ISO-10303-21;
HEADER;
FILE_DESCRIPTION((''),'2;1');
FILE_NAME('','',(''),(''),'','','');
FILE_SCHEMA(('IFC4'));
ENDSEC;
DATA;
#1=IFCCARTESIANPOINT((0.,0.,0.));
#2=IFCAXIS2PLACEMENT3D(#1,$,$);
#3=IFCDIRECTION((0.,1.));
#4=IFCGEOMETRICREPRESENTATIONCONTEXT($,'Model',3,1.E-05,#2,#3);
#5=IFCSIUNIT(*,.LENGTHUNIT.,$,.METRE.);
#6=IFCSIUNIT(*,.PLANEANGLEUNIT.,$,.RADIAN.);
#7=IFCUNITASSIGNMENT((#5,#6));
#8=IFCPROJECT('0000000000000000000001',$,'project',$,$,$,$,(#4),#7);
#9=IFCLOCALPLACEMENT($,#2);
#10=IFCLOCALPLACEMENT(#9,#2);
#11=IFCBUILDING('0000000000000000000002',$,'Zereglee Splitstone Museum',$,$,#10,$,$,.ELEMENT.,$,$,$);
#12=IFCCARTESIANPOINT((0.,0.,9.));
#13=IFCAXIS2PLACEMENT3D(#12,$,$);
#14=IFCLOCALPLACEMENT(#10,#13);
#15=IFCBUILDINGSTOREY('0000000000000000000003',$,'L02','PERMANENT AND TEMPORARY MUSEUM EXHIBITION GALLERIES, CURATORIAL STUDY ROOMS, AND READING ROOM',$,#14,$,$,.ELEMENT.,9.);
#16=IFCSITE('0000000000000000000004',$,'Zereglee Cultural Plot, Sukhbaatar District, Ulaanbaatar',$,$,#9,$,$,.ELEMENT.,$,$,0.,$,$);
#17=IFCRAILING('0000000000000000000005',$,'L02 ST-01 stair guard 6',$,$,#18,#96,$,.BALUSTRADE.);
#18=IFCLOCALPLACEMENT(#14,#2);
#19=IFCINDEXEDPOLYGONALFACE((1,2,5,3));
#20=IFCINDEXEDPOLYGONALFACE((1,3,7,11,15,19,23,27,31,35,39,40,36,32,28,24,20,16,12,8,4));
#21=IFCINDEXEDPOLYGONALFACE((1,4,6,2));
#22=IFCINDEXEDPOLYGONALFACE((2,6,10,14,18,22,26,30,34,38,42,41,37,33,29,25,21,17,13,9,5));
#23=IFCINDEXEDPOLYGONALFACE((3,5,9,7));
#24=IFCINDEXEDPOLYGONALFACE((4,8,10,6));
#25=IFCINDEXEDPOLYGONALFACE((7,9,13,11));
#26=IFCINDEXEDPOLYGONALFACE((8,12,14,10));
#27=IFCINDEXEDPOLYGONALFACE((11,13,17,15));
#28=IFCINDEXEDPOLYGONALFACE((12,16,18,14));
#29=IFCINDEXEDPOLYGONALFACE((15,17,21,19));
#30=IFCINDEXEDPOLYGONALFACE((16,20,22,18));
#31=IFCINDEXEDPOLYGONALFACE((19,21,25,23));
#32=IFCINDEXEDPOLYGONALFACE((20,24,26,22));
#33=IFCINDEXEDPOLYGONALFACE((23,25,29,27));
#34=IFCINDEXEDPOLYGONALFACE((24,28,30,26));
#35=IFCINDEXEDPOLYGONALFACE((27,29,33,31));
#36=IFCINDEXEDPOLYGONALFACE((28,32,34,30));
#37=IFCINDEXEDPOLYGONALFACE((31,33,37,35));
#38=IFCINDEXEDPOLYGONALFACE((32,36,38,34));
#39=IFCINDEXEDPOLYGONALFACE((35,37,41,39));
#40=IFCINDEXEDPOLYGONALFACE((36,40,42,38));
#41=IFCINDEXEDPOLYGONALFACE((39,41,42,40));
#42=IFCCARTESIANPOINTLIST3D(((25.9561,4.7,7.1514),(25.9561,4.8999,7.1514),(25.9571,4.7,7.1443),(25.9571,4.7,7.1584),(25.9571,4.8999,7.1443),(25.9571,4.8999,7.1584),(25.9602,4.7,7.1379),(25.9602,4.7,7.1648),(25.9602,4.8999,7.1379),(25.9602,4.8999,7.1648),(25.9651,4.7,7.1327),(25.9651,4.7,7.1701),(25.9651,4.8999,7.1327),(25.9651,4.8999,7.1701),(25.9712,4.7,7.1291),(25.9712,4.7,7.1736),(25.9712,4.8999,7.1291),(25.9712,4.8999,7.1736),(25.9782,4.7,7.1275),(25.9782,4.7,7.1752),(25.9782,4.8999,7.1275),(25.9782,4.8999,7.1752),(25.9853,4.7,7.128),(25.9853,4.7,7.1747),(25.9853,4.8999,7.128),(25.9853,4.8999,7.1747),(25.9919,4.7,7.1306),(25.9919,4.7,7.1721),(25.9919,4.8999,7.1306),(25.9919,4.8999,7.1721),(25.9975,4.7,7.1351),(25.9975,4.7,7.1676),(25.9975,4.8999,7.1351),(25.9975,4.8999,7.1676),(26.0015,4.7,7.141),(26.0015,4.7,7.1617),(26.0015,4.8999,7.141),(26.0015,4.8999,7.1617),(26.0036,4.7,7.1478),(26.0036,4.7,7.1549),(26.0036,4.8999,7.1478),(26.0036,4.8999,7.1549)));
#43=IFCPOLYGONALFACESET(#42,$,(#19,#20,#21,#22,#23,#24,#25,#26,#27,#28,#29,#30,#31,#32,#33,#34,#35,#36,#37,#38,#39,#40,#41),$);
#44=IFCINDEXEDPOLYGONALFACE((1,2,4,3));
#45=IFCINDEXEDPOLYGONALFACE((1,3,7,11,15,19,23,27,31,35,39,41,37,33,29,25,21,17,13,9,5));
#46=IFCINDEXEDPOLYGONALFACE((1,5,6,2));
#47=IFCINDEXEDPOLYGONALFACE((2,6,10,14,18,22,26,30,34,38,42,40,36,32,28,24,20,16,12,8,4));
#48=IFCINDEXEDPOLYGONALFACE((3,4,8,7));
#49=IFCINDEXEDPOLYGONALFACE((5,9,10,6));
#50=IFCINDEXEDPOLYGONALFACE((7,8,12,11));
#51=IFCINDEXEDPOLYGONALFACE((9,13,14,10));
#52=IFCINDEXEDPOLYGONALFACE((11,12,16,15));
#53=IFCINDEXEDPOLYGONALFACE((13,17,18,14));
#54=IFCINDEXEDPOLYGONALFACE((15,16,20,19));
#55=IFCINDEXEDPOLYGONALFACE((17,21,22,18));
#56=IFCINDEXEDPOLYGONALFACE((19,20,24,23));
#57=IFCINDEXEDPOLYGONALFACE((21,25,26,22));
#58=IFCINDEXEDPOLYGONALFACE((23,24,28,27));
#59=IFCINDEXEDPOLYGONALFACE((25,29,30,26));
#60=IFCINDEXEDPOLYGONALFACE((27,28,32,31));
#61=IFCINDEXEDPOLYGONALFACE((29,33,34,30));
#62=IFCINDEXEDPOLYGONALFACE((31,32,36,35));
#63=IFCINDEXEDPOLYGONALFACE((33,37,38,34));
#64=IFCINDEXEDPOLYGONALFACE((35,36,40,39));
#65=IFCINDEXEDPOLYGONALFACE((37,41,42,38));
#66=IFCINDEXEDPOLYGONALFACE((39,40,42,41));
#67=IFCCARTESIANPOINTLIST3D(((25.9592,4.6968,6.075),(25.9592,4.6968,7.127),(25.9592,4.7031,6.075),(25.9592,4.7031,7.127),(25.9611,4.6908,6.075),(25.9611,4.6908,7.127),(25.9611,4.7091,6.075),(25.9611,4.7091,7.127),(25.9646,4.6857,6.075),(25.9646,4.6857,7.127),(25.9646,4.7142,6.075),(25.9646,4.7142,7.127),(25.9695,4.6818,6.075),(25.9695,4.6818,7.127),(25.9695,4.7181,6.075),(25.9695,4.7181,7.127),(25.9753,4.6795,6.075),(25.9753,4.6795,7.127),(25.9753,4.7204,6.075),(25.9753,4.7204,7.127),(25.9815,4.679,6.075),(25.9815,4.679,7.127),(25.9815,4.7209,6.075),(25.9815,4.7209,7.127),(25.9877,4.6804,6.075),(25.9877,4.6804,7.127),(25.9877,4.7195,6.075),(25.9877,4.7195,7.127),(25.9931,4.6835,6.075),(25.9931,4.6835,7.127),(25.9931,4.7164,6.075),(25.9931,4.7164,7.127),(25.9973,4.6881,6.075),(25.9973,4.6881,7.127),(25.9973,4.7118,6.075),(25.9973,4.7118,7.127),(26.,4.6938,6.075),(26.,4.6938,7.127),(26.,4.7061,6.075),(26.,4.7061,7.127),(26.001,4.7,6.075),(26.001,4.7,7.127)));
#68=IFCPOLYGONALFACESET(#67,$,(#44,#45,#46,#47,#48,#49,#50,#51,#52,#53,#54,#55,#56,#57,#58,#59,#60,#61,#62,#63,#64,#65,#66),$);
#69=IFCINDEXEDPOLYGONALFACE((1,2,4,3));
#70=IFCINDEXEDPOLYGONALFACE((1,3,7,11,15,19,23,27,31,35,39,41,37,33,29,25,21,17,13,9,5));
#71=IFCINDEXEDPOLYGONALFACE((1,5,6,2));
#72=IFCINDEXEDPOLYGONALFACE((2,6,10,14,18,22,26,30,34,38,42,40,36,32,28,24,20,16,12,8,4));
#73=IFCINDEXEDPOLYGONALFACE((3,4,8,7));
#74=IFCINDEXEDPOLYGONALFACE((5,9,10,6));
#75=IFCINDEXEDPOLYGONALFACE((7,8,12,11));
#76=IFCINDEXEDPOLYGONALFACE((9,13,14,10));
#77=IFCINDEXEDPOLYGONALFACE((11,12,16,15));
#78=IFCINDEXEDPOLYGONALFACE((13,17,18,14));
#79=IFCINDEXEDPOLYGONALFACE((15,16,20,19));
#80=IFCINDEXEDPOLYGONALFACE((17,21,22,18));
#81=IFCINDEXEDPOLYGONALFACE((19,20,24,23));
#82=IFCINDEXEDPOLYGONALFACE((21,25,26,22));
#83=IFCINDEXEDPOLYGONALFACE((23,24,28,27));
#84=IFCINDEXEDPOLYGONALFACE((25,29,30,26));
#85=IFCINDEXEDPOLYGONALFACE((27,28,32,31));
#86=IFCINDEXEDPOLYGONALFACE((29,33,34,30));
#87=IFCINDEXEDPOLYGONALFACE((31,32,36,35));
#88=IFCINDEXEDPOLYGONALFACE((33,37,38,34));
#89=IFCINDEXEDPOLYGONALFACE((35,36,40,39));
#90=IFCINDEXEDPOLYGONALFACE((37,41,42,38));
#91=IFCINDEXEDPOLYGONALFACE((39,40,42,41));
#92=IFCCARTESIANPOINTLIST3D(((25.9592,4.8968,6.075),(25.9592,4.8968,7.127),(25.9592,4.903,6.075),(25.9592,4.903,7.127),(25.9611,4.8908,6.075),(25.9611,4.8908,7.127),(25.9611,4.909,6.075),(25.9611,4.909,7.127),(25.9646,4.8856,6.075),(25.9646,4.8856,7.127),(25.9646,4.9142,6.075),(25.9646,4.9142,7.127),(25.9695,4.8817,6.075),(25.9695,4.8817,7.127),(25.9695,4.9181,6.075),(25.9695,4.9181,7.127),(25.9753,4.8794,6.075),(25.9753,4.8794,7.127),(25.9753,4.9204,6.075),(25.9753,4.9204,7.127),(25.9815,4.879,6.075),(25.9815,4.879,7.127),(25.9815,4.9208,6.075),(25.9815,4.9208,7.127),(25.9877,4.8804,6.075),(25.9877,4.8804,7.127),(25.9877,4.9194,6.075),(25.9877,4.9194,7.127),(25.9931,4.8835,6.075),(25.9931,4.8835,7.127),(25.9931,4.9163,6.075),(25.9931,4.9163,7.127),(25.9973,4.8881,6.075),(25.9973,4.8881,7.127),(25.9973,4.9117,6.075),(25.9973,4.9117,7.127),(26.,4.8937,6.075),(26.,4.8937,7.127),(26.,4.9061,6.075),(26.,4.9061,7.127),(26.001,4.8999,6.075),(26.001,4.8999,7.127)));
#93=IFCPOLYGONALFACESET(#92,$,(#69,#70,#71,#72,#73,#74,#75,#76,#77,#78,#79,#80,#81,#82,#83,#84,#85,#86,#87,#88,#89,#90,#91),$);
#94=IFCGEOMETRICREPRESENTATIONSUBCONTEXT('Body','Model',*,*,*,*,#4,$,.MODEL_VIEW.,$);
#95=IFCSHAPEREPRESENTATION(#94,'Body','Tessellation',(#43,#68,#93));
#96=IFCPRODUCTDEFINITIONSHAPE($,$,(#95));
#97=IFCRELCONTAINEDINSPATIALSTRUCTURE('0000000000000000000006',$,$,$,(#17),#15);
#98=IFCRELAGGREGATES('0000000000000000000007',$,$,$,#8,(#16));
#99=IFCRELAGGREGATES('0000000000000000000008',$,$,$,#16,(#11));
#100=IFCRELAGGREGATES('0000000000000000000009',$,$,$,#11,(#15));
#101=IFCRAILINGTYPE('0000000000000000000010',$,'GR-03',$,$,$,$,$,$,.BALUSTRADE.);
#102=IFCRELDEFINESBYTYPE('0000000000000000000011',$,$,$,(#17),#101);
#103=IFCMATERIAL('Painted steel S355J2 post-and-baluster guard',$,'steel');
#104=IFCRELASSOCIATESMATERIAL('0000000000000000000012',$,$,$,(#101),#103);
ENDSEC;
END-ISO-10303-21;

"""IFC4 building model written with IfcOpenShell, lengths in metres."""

from ifc_helpers import new_model, si_unit, direction, frame, origin, origin_2d, place, context, subcontext, project, spatial, circle, extrude, material, type_object, element, save


model = new_model("IFC4")

# Units and contexts
model_context = context("Model", 3, precision=1e-05, world=origin(), true_north=direction((0.0, 1.0)))
body_context = subcontext(model_context, "Body", "Model", "MODEL_VIEW")
ifc_project = project(units=[si_unit("LENGTHUNIT", "METRE"), si_unit("PLANEANGLEUNIT", "RADIAN")], contexts=[model_context])

# Site, building, storey
site_placement = place(None, origin())
site = spatial("IfcSite", under=ifc_project, at=site_placement, Name="Zereglee Cultural Plot, Sukhbaatar District, Ulaanbaatar", CompositionType="ELEMENT", RefElevation=0.0)
building_placement = place(site_placement, origin())
building = spatial("IfcBuilding", under=site, at=building_placement, Name="Zereglee Splitstone Museum", CompositionType="ELEMENT")
storey_placement = place(building_placement, frame((0.0, 0.0, 9.0)))
storey = spatial("IfcBuildingStorey", under=building, at=storey_placement, Name="L02", Description="PERMANENT AND TEMPORARY MUSEUM EXHIBITION GALLERIES, CURATORIAL STUDY ROOMS, AND READING ROOM", CompositionType="ELEMENT", Elevation=9.0)

# Railing
ifc_material_1 = material(Name="Painted steel S355J2 post-and-baluster guard", Category="steel")
railing_type_1 = type_object("IfcRailingType", Name="GR-03", PredefinedType="BALUSTRADE", material=ifc_material_1)
railing_1_placement = place(storey_placement, frame((25.98, 4.7, 6.075)))
element("IfcRailing", 1, at=railing_1_placement, inside=storey, type_object=railing_type_1, Name="L02 ST-01 stair guard 6", PredefinedType="BALUSTRADE", context=body_context, shape_type="SweptSolid", body=[
    extrude(circle(Radius=0.0239, at=origin_2d()), frame((0.0, 0.0, 1.0764), z_axis=(0.0, 1.0, 0.0), x_axis=(-1.0, 0.0, 0.0)), (0.0, 0.0, 1.0), 0.2),
    extrude(circle(Radius=0.021, at=origin_2d()), origin(), (0.0, 0.0, 1.0), 1.052),
    extrude(circle(Radius=0.021, at=origin_2d()), frame((0.0, 0.2, 0.0)), (0.0, 0.0, 1.0), 1.052),
])

save(model, "model.ifc")
